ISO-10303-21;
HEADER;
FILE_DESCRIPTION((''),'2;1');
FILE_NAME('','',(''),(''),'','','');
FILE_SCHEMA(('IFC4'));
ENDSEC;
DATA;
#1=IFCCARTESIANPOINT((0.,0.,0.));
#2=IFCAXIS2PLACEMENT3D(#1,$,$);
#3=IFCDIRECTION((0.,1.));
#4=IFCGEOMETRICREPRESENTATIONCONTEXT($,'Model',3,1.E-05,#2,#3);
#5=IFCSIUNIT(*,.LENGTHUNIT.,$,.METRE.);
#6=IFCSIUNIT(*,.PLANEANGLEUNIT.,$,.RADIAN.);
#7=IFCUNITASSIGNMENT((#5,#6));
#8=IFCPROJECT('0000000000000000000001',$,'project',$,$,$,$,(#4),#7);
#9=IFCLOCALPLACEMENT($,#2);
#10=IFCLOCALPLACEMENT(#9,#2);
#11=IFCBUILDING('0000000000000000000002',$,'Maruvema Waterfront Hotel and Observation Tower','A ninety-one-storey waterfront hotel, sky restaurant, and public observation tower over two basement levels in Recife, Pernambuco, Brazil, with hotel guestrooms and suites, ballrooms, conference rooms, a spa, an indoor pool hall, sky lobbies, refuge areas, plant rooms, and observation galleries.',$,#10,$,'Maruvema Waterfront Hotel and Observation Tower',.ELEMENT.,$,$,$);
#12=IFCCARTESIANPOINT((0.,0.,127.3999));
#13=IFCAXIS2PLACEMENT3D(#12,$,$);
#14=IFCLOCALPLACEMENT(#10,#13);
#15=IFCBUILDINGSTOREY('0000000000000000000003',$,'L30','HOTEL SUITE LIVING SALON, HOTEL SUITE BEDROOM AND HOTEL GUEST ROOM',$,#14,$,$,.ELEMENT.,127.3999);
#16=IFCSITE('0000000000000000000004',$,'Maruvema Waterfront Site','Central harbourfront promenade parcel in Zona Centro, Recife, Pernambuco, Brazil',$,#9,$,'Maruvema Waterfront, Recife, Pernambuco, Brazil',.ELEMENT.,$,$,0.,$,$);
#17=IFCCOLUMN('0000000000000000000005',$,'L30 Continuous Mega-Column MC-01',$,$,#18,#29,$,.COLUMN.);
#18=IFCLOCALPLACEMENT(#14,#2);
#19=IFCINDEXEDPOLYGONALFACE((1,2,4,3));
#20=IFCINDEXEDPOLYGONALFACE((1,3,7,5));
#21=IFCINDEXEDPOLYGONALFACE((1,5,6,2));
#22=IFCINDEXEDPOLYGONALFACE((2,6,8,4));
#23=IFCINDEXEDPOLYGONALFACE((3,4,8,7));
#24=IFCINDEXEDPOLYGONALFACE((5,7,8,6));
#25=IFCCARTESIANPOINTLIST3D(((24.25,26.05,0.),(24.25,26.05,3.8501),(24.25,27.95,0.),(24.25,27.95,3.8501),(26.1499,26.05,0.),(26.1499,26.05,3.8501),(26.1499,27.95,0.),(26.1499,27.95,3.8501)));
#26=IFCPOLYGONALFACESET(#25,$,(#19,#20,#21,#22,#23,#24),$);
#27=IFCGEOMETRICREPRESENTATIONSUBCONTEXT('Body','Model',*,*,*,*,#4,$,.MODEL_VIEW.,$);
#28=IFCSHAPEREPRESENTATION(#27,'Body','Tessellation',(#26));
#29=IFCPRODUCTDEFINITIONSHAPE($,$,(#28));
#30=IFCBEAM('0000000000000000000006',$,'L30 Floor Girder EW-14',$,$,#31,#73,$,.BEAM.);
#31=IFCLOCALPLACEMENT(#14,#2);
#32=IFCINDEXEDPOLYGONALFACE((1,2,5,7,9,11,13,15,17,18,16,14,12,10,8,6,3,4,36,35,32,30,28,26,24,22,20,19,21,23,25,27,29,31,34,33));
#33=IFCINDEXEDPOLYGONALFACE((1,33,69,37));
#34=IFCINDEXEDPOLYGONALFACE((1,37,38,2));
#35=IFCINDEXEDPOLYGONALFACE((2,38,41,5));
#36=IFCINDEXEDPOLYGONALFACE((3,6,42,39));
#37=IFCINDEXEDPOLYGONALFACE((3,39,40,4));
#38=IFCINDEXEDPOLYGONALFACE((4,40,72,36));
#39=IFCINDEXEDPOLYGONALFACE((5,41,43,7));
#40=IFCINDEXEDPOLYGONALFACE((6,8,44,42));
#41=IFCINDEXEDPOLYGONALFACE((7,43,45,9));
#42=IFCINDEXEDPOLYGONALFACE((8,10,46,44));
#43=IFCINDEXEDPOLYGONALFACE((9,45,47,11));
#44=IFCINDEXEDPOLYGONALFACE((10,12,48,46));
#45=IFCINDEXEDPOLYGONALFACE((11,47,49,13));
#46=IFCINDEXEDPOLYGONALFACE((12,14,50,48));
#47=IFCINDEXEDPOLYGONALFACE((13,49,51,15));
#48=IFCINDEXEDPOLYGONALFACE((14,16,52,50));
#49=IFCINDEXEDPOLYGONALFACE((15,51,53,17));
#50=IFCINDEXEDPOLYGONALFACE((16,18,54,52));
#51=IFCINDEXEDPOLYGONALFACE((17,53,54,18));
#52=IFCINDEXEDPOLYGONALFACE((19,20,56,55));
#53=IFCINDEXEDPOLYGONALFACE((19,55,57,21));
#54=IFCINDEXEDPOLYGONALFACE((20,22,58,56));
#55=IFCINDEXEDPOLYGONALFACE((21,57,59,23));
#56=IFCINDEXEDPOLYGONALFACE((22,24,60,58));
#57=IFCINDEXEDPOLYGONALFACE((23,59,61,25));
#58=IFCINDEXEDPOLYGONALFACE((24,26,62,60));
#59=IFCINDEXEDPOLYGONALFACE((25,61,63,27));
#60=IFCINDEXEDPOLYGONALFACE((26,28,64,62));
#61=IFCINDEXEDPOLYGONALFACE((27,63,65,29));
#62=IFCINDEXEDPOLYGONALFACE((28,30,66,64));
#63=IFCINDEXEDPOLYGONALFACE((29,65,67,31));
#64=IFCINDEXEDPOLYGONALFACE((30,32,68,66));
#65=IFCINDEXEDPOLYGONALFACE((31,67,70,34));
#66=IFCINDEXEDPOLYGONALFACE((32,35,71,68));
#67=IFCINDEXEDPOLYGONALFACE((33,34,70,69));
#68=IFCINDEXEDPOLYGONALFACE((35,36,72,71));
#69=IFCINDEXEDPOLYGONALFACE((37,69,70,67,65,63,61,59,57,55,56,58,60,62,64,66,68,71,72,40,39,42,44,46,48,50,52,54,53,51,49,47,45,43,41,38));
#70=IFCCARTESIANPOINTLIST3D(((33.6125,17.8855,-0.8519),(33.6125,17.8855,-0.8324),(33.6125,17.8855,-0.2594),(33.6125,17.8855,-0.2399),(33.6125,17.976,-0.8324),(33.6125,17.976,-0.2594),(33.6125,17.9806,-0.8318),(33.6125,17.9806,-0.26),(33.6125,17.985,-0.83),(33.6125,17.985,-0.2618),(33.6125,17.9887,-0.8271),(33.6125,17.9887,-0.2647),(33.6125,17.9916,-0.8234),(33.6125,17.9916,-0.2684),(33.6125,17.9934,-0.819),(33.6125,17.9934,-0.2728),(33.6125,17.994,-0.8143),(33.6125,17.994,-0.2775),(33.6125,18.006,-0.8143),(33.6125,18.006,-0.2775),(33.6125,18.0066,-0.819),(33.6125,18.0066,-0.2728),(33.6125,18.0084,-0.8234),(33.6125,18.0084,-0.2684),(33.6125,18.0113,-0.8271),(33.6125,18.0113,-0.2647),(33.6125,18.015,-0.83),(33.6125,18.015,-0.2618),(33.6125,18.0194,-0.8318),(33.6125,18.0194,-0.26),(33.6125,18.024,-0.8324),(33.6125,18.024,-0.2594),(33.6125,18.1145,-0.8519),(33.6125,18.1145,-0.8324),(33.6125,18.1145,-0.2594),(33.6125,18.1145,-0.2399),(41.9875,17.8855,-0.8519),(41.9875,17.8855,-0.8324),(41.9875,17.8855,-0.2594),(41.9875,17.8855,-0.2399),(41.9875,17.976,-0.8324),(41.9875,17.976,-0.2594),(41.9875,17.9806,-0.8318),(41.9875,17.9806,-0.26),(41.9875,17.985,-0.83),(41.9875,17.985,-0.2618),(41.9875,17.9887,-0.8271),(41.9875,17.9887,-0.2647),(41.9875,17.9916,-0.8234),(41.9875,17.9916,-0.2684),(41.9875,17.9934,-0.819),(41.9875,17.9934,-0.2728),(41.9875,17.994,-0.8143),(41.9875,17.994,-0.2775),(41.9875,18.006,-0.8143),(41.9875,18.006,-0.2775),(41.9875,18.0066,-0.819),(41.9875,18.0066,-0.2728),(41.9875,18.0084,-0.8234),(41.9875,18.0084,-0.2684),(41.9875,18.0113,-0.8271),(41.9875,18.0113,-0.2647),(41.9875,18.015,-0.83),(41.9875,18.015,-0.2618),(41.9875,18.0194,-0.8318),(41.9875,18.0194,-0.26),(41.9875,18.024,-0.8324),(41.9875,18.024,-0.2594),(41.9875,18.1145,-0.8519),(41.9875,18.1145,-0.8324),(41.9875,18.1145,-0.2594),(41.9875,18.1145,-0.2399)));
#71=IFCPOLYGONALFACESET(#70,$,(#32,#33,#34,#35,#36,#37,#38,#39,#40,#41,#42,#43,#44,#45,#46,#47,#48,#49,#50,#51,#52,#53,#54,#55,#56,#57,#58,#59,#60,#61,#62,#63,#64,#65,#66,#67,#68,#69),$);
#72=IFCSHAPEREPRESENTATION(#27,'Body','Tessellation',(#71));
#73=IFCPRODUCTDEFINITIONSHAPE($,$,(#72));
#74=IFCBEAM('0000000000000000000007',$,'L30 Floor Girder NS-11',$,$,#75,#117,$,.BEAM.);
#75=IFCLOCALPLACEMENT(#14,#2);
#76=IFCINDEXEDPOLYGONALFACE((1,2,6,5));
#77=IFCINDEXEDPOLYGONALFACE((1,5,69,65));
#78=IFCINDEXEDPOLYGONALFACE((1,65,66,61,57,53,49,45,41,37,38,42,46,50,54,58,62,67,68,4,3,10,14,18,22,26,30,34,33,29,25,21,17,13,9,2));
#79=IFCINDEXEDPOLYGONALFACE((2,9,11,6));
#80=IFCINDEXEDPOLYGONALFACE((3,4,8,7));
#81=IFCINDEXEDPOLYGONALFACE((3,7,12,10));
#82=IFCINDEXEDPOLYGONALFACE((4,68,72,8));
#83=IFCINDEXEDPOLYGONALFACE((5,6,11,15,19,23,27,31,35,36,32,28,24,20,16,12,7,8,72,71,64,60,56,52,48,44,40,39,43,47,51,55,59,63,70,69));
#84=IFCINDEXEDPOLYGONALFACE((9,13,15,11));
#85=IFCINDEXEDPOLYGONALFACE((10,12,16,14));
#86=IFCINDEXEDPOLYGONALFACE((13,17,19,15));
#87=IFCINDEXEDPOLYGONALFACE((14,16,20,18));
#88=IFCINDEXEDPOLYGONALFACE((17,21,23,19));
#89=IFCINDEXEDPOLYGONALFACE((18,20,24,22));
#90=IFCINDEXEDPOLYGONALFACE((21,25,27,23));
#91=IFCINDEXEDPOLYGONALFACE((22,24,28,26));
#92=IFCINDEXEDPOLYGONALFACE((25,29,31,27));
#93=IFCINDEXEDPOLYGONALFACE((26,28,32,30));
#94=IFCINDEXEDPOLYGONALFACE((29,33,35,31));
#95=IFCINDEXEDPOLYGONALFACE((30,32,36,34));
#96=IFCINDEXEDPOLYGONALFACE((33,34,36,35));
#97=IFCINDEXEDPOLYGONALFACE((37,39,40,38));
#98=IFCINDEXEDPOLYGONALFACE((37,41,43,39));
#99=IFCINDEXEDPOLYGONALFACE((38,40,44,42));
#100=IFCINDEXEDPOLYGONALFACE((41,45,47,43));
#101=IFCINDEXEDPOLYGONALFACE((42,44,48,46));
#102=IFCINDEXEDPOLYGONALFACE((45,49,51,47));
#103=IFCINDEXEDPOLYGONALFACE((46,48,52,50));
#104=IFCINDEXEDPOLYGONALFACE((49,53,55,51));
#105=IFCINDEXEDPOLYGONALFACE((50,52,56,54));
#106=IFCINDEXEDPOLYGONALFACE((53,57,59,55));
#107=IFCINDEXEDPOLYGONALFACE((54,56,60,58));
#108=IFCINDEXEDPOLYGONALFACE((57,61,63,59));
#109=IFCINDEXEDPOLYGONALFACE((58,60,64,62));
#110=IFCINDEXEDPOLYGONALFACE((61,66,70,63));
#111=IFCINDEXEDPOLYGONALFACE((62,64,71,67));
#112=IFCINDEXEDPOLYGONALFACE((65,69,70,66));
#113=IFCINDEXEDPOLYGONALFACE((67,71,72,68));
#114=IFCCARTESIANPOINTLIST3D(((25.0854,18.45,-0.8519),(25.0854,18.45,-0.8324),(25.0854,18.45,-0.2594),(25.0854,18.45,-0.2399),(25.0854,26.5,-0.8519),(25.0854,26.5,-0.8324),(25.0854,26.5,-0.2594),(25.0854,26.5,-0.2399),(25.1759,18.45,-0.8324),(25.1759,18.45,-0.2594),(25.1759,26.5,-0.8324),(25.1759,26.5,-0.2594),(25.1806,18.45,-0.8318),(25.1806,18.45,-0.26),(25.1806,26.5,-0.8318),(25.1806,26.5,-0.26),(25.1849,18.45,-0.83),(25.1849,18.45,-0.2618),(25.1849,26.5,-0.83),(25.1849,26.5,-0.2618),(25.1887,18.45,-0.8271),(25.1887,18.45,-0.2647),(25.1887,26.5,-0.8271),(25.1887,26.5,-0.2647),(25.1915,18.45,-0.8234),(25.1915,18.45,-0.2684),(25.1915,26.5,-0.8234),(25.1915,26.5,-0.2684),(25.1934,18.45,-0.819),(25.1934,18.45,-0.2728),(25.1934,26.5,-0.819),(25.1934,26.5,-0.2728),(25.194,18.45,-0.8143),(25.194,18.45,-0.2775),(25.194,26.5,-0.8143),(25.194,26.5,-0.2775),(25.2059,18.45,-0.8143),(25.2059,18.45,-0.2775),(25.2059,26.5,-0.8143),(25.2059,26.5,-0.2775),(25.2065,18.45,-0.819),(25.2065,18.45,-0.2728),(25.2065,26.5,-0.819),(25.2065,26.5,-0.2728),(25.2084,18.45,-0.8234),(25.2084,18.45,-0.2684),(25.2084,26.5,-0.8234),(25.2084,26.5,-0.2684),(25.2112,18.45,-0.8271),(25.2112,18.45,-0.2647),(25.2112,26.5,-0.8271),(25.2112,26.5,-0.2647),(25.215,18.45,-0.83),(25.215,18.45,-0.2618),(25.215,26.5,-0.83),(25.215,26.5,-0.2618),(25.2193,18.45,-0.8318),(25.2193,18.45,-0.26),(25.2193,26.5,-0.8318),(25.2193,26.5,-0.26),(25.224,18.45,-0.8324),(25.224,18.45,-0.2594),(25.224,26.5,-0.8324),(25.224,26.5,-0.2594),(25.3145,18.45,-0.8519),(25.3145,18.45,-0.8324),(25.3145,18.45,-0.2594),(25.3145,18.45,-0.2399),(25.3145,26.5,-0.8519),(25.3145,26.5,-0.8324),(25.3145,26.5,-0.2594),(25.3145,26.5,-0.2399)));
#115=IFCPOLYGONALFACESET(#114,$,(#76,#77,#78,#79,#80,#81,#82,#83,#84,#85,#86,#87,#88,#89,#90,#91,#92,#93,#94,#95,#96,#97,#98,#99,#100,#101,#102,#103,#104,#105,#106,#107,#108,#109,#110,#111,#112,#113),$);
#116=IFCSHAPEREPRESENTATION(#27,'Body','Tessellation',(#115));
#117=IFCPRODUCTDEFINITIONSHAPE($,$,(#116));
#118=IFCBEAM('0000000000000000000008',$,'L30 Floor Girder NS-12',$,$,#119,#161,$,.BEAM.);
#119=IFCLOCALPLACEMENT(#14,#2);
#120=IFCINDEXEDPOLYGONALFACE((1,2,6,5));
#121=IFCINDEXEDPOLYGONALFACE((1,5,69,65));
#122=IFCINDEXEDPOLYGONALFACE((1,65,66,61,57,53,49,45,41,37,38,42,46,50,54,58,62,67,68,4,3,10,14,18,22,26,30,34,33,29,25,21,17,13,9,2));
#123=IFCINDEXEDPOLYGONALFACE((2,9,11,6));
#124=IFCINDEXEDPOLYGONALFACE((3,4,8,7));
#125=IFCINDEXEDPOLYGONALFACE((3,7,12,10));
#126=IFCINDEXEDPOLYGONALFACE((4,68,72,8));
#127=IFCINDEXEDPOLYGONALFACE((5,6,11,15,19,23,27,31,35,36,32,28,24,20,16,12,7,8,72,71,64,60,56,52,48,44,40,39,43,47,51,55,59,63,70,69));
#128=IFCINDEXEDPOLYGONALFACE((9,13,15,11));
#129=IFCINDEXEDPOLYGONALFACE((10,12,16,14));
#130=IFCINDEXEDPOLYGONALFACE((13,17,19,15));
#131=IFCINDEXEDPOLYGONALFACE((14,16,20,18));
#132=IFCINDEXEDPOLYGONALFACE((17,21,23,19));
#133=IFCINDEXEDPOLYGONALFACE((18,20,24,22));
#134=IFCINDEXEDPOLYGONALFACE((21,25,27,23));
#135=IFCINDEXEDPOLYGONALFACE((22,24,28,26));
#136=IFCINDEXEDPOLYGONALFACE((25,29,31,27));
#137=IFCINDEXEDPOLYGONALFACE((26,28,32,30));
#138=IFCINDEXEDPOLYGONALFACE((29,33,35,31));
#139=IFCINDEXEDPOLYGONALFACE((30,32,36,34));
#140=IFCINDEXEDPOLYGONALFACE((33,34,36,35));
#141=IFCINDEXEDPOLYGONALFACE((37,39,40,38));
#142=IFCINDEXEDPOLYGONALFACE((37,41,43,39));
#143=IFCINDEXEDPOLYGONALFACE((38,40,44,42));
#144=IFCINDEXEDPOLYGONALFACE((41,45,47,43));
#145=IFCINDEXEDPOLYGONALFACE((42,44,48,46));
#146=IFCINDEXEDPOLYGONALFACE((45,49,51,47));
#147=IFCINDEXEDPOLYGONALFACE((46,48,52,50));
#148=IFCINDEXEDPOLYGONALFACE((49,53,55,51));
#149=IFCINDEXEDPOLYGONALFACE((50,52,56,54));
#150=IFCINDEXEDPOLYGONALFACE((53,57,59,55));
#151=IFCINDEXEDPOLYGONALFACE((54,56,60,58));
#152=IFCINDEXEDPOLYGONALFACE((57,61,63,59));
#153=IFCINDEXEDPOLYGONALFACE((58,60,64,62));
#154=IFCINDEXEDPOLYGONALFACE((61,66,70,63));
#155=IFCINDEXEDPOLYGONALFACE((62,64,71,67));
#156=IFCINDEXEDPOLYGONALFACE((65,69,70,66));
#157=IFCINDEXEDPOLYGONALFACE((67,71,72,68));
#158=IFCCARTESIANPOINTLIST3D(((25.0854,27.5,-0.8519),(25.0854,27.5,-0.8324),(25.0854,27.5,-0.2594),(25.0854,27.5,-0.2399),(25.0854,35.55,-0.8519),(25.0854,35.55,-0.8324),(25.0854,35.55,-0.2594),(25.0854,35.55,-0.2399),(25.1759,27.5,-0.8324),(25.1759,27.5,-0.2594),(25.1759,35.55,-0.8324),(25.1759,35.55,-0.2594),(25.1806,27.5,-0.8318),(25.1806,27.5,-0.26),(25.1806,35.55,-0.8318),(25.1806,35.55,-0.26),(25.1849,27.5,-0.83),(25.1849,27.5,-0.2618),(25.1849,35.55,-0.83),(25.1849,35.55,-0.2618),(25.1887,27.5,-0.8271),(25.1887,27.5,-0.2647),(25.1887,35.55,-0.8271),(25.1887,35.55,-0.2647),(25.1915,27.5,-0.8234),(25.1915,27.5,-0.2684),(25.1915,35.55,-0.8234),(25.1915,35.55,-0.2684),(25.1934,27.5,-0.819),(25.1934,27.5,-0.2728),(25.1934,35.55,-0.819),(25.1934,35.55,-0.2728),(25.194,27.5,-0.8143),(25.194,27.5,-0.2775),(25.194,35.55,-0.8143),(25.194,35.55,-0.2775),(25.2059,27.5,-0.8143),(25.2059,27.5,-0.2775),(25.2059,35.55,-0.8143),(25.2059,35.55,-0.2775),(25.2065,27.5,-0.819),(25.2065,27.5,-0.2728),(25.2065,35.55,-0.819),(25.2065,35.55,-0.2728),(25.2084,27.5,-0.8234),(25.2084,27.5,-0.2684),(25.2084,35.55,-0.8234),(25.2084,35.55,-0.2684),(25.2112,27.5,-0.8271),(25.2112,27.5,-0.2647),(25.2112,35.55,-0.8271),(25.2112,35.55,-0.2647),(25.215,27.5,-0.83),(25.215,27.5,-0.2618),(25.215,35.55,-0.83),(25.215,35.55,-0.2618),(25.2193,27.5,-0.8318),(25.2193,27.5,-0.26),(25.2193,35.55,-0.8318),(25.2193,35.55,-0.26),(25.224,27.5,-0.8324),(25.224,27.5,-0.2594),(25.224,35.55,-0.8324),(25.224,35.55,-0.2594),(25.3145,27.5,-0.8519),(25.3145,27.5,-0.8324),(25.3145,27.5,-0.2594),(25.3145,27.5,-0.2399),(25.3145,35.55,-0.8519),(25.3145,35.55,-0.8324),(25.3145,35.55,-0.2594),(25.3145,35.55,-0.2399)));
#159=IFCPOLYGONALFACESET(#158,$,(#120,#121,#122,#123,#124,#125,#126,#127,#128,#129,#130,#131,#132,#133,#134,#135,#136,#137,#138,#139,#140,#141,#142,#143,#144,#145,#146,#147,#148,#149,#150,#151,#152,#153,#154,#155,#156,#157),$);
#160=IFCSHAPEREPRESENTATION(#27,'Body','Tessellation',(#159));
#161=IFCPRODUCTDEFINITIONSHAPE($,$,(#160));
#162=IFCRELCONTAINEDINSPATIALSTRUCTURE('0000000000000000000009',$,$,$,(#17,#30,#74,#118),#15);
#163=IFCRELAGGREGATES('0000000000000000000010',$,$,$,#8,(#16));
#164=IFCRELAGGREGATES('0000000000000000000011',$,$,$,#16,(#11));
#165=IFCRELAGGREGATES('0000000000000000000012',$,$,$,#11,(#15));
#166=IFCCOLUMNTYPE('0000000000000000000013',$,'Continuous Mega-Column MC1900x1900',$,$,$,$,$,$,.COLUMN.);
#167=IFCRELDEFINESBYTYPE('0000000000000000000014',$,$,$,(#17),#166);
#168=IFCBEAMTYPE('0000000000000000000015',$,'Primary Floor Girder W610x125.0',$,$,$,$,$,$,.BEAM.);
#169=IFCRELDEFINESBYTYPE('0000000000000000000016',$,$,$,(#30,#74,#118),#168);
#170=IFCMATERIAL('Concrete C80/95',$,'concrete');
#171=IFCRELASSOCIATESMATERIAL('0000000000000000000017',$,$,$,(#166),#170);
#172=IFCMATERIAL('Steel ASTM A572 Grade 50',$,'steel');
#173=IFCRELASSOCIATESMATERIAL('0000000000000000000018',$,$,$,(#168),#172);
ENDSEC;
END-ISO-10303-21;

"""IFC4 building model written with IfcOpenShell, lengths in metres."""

from ifc_helpers import new_model, si_unit, direction, frame, origin, origin_2d, place, context, subcontext, project, spatial, rectangle, i_section, extrude, material, material_profile, profile_set, type_object, element, save


model = new_model("IFC4")

# Units and contexts
model_context = context("Model", 3, precision=1e-05, world=origin(), true_north=direction((0.0, 1.0)))
body_context = subcontext(model_context, "Body", "Model", "MODEL_VIEW")
ifc_project = project(units=[si_unit("LENGTHUNIT", "METRE"), si_unit("PLANEANGLEUNIT", "RADIAN")], contexts=[model_context])

# Site, building, storey
site_placement = place(None, origin())
site = spatial("IfcSite", under=ifc_project, at=site_placement, Name="Maruvema Waterfront Site", Description="Central harbourfront promenade parcel in Zona Centro, Recife, Pernambuco, Brazil", LongName="Maruvema Waterfront, Recife, Pernambuco, Brazil", CompositionType="ELEMENT", RefElevation=0.0)
building_placement = place(site_placement, origin())
building = spatial("IfcBuilding", under=site, at=building_placement, Name="Maruvema Waterfront Hotel and Observation Tower", Description="A ninety-one-storey waterfront hotel, sky restaurant, and public observation tower over two basement levels in Recife, Pernambuco, Brazil, with hotel guestrooms and suites, ballrooms, conference rooms, a spa, an indoor pool hall, sky lobbies, refuge areas, plant rooms, and observation galleries.", LongName="Maruvema Waterfront Hotel and Observation Tower", CompositionType="ELEMENT")
storey_placement = place(building_placement, frame((0.0, 0.0, 127.3999)))
storey = spatial("IfcBuildingStorey", under=building, at=storey_placement, Name="L30", Description="HOTEL SUITE LIVING SALON, HOTEL SUITE BEDROOM AND HOTEL GUEST ROOM", CompositionType="ELEMENT", Elevation=127.3999)

# Column
ifc_material_1 = material(Name="Concrete C80/95", Category="concrete")
ifc_material_profile_1 = material_profile(ifc_material_1, rectangle(XDim=1.8999, YDim=1.8999, at=origin_2d()), Name="MC1900x1900")
ifc_profile_set_1 = profile_set([ifc_material_profile_1], Name="Concrete C80/95")
column_type = type_object("IfcColumnType", Name="Continuous Mega-Column MC1900x1900", PredefinedType="COLUMN", material=ifc_profile_set_1)
column_placement = place(storey_placement, frame((25.2, 27.0, 0.0), z_axis=(0.0, 0.0, 1.0), x_axis=(1.0, 0.0, 0.0)))
element("IfcColumn", 1, at=column_placement, inside=storey, type_object=column_type, Name="L30 Continuous Mega-Column MC-01", PredefinedType="COLUMN", context=body_context, shape_type="SweptSolid", body=[
    extrude(rectangle(XDim=1.8999, YDim=1.8999, at=origin_2d()), origin(), (0.0, 0.0, 1.0), 3.8501),
])

# Beams
ifc_material_2 = material(Name="Steel ASTM A572 Grade 50", Category="steel")
ifc_material_profile_2 = material_profile(ifc_material_2, i_section(OverallWidth=0.229, OverallDepth=0.6121, WebThickness=0.012, FlangeThickness=0.0195, FilletRadius=0.0181, at=origin_2d()), Name="W610x125.0")
ifc_profile_set_2 = profile_set([ifc_material_profile_2], Name="Steel ASTM A572 Grade 50")
beam_type_1 = type_object("IfcBeamType", Name="Primary Floor Girder W610x125.0", PredefinedType="BEAM", material=ifc_profile_set_2)
beam_1_placement = place(storey_placement, frame((33.6125, 18.0, -0.5459), z_axis=(1.0, 0.0, 0.0), x_axis=(0.0, 1.0, 0.0)))
element("IfcBeam", 2, at=beam_1_placement, inside=storey, type_object=beam_type_1, Name="L30 Floor Girder EW-14", PredefinedType="BEAM", context=body_context, shape_type="SweptSolid", body=[
    extrude(i_section(OverallWidth=0.229, OverallDepth=0.6121, WebThickness=0.012, FlangeThickness=0.0195, FilletRadius=0.0181, at=origin_2d()), origin(), (0.0, 0.0, 1.0), 8.375),
])
for number, where, z_axis, x_axis, name in (
    (3, (25.2, 18.45, -0.5459), (0.0, 1.0, 0.0), (-1.0, 0.0, 0.0), "L30 Floor Girder NS-11"),
    (4, (25.2, 27.5, -0.5459), (0.0, 1.0, 0.0), (-1.0, 0.0, 0.0), "L30 Floor Girder NS-12"),
):
    element("IfcBeam", number, at=place(storey_placement, frame(where, z_axis=z_axis, x_axis=x_axis)), inside=storey, type_object=beam_type_1, Name=name, PredefinedType="BEAM", context=body_context, shape_type="SweptSolid", body=[
        extrude(i_section(OverallWidth=0.229, OverallDepth=0.6121, WebThickness=0.012, FlangeThickness=0.0195, FilletRadius=0.0181, at=origin_2d()), origin(), (0.0, 0.0, 1.0), 8.05),
    ])

save(model, "model.ifc")
